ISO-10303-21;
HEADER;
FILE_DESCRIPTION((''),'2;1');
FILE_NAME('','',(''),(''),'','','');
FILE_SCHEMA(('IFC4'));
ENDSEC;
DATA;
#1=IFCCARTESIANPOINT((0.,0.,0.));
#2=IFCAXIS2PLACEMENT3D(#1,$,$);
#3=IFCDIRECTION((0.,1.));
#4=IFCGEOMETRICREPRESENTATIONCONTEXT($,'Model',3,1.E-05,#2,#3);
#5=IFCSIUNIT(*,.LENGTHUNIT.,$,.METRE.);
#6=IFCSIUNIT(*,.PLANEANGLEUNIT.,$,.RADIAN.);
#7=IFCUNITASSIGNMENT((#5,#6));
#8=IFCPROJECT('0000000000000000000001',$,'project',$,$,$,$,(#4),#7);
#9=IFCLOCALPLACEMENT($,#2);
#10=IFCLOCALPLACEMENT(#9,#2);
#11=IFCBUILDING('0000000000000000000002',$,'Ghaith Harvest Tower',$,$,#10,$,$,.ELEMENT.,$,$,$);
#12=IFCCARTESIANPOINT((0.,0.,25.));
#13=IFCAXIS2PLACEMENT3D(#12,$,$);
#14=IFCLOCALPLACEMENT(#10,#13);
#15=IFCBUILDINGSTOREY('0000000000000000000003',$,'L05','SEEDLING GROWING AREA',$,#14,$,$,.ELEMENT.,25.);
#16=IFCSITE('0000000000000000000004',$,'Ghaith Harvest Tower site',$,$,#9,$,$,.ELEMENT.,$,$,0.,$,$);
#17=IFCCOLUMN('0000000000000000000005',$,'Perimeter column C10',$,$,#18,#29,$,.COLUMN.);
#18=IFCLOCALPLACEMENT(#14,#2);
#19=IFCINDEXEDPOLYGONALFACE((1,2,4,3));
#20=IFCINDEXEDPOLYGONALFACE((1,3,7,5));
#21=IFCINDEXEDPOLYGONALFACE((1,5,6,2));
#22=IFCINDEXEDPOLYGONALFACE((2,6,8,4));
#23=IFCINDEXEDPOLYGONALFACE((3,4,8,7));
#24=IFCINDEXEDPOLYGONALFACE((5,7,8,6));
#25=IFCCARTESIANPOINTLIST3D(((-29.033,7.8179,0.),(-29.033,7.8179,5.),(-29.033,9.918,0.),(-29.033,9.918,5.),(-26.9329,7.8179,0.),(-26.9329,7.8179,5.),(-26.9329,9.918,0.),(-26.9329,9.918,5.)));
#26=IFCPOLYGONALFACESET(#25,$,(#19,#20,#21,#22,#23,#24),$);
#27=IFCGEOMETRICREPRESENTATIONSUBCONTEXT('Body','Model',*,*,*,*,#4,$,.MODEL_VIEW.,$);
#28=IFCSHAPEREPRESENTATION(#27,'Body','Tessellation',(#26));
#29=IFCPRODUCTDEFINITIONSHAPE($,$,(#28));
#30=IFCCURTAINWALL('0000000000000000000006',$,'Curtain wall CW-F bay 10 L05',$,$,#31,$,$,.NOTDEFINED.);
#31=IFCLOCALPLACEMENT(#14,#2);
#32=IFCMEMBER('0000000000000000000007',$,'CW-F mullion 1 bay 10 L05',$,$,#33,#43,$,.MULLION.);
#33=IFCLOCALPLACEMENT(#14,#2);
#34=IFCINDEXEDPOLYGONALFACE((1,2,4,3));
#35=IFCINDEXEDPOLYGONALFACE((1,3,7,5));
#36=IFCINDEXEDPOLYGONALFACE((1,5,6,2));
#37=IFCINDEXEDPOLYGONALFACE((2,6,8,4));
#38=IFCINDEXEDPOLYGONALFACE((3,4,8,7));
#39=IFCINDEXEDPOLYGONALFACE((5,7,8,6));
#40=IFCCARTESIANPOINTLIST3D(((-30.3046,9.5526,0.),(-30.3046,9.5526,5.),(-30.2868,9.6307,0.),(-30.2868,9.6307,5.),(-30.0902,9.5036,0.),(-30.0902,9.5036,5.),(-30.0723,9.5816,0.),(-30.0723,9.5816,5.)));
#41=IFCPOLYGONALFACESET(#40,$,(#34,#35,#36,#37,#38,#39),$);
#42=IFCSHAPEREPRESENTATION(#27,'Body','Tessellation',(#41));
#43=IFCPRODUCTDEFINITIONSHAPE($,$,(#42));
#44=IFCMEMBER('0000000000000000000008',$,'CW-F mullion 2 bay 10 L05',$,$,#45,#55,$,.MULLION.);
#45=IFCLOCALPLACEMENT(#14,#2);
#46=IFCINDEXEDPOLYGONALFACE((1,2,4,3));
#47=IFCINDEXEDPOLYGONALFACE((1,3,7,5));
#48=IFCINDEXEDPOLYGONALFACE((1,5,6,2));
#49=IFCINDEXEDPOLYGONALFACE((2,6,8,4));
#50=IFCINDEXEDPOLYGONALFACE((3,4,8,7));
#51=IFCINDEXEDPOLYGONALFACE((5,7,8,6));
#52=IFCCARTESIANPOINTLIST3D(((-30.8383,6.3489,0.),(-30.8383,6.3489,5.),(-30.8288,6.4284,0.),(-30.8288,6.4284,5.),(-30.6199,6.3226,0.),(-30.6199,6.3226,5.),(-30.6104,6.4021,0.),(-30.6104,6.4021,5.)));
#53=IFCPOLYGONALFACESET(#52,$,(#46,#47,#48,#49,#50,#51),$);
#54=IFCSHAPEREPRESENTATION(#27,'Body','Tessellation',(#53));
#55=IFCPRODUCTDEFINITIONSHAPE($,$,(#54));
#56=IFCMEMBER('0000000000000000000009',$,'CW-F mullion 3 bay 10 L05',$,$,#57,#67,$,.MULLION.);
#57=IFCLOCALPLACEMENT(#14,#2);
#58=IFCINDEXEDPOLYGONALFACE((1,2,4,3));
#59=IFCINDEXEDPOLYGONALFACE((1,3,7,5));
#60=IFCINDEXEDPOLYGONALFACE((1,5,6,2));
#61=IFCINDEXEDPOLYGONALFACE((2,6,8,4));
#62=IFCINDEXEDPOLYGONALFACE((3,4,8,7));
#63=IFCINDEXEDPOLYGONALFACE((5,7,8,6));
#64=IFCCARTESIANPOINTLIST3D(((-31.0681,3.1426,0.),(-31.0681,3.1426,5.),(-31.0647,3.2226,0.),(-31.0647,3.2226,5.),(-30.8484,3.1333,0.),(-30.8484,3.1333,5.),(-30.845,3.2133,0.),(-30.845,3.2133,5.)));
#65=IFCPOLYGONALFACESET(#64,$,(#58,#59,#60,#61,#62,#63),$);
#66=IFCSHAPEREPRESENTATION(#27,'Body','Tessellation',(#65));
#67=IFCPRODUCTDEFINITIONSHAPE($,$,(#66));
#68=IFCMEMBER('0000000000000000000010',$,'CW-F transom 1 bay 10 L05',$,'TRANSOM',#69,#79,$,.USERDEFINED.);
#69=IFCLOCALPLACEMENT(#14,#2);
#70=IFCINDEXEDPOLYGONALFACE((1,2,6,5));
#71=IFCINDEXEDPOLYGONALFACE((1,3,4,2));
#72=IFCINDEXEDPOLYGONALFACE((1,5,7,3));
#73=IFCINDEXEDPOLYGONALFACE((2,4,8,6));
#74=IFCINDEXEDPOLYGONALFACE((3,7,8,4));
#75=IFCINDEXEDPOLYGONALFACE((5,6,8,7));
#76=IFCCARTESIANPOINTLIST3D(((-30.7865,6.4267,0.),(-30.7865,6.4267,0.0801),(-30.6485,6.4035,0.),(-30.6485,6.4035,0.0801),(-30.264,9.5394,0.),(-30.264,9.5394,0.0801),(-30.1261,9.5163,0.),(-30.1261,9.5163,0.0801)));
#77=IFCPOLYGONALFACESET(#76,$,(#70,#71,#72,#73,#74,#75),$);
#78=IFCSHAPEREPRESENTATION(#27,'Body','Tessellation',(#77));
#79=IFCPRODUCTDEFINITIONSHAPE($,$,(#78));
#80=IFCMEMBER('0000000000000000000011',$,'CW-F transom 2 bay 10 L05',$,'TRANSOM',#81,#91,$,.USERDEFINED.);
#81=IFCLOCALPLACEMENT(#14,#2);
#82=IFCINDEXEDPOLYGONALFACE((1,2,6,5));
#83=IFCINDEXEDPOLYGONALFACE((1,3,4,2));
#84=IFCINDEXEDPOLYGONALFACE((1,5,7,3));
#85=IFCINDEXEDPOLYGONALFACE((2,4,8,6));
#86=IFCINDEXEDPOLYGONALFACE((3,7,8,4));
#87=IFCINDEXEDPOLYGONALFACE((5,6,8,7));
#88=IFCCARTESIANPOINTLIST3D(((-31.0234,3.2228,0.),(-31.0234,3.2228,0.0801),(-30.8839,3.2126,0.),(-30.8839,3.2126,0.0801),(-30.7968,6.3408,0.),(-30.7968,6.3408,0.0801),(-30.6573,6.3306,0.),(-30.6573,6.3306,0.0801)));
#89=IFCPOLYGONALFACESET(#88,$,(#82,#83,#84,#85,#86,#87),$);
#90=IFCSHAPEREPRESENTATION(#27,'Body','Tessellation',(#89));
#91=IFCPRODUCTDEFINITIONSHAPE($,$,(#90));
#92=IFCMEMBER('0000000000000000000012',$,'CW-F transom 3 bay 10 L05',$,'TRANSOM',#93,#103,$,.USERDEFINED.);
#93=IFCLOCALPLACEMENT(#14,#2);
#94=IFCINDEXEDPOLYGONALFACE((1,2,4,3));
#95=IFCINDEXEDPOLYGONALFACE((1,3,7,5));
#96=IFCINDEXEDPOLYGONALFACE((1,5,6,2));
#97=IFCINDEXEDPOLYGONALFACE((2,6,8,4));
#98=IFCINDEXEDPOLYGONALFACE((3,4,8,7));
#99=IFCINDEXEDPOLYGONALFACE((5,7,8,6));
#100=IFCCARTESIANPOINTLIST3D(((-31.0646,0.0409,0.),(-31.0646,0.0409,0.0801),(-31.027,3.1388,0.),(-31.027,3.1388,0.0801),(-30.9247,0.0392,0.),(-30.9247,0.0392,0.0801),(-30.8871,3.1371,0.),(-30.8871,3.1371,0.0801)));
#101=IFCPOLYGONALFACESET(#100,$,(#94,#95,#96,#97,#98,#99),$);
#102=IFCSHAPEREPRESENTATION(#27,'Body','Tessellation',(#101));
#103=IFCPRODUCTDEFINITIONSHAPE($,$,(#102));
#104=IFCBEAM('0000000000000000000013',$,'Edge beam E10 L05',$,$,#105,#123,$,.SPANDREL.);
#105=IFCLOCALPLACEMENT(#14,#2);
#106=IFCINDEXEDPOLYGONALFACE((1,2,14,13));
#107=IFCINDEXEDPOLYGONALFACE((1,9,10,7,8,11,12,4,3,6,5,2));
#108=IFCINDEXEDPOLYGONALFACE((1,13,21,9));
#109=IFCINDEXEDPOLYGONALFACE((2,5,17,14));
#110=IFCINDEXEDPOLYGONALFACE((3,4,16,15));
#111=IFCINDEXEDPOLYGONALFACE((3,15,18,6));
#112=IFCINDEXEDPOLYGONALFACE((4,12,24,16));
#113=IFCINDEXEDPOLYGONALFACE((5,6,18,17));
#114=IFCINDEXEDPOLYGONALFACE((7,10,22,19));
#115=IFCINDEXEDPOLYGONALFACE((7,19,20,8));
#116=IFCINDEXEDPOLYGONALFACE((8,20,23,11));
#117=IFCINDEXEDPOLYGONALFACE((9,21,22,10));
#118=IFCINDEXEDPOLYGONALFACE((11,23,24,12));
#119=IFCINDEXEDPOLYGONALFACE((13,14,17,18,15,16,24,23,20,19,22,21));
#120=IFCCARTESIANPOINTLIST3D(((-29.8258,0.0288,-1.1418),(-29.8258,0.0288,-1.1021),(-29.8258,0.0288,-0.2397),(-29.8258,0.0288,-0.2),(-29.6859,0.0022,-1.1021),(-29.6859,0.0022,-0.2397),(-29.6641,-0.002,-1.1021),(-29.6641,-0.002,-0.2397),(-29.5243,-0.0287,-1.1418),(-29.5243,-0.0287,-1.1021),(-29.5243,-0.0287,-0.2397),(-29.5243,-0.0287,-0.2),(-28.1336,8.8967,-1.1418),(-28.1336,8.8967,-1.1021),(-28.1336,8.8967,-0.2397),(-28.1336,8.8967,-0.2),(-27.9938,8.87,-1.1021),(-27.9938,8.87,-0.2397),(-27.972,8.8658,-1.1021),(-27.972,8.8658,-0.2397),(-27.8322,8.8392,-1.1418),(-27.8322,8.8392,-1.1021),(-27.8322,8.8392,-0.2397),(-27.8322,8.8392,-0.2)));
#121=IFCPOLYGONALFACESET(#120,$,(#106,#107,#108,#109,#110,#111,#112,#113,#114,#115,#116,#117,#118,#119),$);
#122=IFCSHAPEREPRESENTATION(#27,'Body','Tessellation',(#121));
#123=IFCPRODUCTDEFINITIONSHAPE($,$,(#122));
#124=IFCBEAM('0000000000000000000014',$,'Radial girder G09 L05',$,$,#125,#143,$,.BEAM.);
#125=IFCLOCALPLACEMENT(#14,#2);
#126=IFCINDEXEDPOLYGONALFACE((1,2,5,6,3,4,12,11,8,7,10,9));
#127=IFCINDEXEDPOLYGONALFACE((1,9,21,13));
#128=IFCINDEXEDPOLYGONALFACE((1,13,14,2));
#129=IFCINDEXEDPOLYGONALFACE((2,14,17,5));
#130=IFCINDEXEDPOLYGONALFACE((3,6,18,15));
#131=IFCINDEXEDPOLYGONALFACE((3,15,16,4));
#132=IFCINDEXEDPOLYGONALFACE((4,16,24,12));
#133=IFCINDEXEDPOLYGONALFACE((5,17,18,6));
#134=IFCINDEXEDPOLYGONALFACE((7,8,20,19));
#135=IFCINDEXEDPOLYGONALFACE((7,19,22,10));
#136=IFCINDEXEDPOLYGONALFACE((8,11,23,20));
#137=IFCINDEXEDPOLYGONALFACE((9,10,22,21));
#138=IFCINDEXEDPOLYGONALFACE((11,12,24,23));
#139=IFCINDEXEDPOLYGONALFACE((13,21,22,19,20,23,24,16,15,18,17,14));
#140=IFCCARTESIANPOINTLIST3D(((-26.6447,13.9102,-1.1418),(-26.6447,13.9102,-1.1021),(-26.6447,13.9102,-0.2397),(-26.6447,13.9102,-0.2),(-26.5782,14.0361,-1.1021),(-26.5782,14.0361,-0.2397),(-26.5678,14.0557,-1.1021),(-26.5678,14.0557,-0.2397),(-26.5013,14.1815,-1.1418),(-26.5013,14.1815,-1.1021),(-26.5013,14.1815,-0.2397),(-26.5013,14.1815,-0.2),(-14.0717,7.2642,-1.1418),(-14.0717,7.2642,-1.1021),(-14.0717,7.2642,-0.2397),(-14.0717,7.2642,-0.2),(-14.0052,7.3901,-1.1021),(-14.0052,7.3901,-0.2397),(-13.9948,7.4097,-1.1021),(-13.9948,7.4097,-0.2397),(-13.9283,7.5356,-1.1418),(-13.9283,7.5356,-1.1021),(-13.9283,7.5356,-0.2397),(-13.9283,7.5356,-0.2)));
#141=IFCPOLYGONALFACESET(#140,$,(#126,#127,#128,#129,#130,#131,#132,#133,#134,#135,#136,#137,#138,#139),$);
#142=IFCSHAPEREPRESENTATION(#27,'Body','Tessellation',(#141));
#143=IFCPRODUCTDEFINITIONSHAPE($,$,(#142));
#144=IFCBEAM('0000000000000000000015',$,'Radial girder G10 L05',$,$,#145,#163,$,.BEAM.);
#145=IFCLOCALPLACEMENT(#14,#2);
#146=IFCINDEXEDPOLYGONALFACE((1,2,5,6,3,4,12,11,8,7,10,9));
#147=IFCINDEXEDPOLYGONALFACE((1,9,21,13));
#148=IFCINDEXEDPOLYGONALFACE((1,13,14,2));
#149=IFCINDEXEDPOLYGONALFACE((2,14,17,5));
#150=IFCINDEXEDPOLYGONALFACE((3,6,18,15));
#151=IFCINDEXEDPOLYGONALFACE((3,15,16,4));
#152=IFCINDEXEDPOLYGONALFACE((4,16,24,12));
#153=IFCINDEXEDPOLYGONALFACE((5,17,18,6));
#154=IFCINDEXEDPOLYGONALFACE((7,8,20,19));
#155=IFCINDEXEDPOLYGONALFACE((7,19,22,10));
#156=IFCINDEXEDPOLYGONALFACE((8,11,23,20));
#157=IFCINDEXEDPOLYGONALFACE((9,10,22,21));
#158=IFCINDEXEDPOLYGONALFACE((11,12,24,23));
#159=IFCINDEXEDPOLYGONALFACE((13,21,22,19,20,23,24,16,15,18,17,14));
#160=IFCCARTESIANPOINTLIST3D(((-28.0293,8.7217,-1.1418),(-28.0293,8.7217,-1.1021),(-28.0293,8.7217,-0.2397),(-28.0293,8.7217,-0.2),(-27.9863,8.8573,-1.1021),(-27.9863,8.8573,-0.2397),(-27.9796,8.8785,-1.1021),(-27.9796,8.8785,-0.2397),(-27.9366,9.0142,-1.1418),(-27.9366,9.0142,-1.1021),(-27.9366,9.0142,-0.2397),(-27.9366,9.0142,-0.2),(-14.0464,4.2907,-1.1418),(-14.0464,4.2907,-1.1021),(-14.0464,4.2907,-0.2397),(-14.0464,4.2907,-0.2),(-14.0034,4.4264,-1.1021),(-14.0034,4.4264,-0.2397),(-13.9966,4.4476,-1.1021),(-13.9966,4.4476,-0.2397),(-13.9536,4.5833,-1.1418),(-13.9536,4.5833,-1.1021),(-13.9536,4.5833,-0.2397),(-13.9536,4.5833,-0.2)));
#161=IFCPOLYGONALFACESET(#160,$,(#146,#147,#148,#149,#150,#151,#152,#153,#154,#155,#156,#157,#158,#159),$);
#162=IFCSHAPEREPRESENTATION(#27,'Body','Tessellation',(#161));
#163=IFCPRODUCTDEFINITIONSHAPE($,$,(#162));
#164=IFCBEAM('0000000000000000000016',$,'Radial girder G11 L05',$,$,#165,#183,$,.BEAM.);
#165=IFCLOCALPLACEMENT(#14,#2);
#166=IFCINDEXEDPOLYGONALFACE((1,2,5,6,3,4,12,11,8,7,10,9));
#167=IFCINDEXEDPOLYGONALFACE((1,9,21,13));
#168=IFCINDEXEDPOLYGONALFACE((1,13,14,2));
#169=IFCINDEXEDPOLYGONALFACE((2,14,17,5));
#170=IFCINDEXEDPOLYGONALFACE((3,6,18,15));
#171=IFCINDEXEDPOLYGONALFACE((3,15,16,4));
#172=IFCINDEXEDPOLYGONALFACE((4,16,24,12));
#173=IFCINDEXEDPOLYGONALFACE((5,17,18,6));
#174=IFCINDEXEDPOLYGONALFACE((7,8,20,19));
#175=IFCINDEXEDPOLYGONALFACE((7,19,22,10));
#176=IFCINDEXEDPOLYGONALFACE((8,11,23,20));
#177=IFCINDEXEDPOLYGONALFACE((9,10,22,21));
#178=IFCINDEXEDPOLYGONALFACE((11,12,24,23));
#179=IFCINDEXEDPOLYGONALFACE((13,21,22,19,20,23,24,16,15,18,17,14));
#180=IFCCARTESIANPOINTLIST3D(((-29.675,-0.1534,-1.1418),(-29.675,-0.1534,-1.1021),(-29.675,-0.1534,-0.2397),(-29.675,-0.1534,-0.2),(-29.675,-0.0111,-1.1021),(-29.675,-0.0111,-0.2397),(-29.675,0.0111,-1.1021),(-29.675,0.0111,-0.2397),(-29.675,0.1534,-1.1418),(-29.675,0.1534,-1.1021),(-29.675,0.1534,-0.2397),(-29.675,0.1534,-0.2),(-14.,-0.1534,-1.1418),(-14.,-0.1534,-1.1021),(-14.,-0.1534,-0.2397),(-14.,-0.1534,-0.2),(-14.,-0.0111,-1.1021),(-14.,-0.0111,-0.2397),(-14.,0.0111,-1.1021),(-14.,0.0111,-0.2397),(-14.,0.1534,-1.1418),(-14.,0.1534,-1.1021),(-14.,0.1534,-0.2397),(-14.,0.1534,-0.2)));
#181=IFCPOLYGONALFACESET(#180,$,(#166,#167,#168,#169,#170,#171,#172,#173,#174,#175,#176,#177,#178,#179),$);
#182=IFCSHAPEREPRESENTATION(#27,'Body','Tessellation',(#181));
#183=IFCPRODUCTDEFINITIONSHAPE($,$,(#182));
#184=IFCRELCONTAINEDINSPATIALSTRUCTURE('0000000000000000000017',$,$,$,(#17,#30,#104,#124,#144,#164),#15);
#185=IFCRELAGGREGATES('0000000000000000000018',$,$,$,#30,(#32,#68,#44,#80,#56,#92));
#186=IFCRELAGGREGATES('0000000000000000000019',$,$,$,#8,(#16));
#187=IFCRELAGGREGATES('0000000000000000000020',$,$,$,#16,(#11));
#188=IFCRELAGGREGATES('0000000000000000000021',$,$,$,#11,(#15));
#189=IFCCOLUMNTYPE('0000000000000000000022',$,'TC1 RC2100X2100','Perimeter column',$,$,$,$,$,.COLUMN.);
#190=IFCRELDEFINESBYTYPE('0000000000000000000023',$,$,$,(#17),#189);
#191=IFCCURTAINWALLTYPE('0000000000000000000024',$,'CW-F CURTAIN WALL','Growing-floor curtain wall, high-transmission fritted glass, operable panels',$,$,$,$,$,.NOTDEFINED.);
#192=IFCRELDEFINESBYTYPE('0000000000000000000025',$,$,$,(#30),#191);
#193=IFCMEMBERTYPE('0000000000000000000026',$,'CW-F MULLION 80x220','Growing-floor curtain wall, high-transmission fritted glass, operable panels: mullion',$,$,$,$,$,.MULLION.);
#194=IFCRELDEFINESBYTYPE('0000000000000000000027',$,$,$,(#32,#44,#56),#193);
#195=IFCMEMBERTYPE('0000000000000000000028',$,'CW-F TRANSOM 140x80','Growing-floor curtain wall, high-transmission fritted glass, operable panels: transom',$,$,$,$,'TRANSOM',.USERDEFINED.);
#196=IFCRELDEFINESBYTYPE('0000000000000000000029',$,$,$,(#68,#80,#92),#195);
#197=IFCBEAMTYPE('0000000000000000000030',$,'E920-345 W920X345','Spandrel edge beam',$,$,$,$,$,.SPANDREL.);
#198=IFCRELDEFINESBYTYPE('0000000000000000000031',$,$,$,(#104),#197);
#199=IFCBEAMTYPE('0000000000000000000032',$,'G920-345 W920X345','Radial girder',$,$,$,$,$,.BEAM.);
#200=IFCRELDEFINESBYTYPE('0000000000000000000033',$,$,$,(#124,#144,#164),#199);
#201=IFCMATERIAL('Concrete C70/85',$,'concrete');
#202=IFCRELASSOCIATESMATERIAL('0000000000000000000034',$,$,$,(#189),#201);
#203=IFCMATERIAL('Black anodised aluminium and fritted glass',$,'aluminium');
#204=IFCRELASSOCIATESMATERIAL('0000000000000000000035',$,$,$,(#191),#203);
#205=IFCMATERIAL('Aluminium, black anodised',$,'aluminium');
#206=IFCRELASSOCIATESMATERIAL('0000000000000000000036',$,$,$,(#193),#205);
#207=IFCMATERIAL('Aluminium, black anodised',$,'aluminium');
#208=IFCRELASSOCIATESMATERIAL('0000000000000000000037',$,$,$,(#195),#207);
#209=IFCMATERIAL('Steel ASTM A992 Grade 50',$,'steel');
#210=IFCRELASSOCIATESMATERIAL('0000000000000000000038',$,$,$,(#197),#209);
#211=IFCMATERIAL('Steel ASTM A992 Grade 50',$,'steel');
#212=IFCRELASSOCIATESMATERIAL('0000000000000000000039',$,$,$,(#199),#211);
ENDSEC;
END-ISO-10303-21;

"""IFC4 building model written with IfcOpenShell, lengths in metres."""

from ifc_helpers import new_model, si_unit, direction, frame, origin, origin_2d, place, context, subcontext, project, spatial, rectangle, i_section, extrude, material, material_profile, profile_set, type_object, element, aggregate, save


model = new_model("IFC4")

# Units and contexts
model_context = context("Model", 3, precision=1e-05, world=origin(), true_north=direction((0.0, 1.0)))
body_context = subcontext(model_context, "Body", "Model", "MODEL_VIEW")
ifc_project = project(units=[si_unit("LENGTHUNIT", "METRE"), si_unit("PLANEANGLEUNIT", "RADIAN")], contexts=[model_context])

# Site, building, storey
site_placement = place(None, origin())
site = spatial("IfcSite", under=ifc_project, at=site_placement, Name="Ghaith Harvest Tower site", CompositionType="ELEMENT", RefElevation=0.0)
building_placement = place(site_placement, origin())
building = spatial("IfcBuilding", under=site, at=building_placement, Name="Ghaith Harvest Tower", CompositionType="ELEMENT")
storey_placement = place(building_placement, frame((0.0, 0.0, 25.0)))
storey = spatial("IfcBuildingStorey", under=building, at=storey_placement, Name="L05", Description="SEEDLING GROWING AREA", CompositionType="ELEMENT", Elevation=25.0)

# Column
ifc_material_1 = material(Name="Concrete C70/85", Category="concrete")
ifc_material_profile_1 = material_profile(ifc_material_1, rectangle(XDim=2.1001, YDim=2.1001, at=origin_2d()), Name="RC2100X2100")
ifc_profile_set_1 = profile_set([ifc_material_profile_1], Name="Concrete C70/85")
column_type = type_object("IfcColumnType", Name="TC1 RC2100X2100", Description="Perimeter column", PredefinedType="COLUMN", material=ifc_profile_set_1)
column_placement = place(storey_placement, frame((-27.9829, 8.8679, 0.0), z_axis=(0.0, 0.0, 1.0), x_axis=(1.0, 0.0, 0.0)))
element("IfcColumn", 1, at=column_placement, inside=storey, type_object=column_type, Name="Perimeter column C10", PredefinedType="COLUMN", context=body_context, shape_type="SweptSolid", body=[
    extrude(rectangle(XDim=2.1001, YDim=2.1001, at=origin_2d()), origin(), (0.0, 0.0, 1.0), 5.0),
])

# Curtain wall, members
ifc_material_2 = material(Name="Black anodised aluminium and fritted glass", Category="aluminium")
curtain_wall_type = type_object("IfcCurtainWallType", Name="CW-F CURTAIN WALL", Description="Growing-floor curtain wall, high-transmission fritted glass, operable panels", PredefinedType="NOTDEFINED", material=ifc_material_2)
curtain_wall_1_placement = place(storey_placement, origin())
curtain_wall_1 = element("IfcCurtainWall", 2, at=curtain_wall_1_placement, inside=storey, type_object=curtain_wall_type, Name="Curtain wall CW-F bay 10 L05", PredefinedType="NOTDEFINED")
ifc_material_3 = material(Name="Aluminium, black anodised", Category="aluminium")
ifc_material_profile_2 = material_profile(ifc_material_3, rectangle(XDim=0.0801, YDim=0.22, at=origin_2d()), Name="CW-F MULLION 80x220")
ifc_profile_set_2 = profile_set([ifc_material_profile_2], Name="Aluminium, black anodised")
member_type_1 = type_object("IfcMemberType", Name="CW-F MULLION 80x220", Description="Growing-floor curtain wall, high-transmission fritted glass, operable panels: mullion", PredefinedType="MULLION", material=ifc_profile_set_2)
member_1_placement = place(storey_placement, frame((-30.1885, 9.5671, 0.0), z_axis=(0.0, 0.0, 1.0), x_axis=(-0.222967, -0.974826, 0.0)))
member_1 = element("IfcMember", 3, at=member_1_placement, type_object=member_type_1, Name="CW-F mullion 1 bay 10 L05", PredefinedType="MULLION", context=body_context, shape_type="SweptSolid", body=[
    extrude(rectangle(XDim=0.0801, YDim=0.22, at=origin_2d()), origin(), (0.0, 0.0, 1.0), 5.0),
])
member_2_placement = place(storey_placement, frame((-30.7244, 6.3755, 0.0), z_axis=(0.0, 0.0, 1.0), x_axis=(-0.119353, -0.992852, 0.0)))
member_2 = element("IfcMember", 4, at=member_2_placement, type_object=member_type_1, Name="CW-F mullion 2 bay 10 L05", PredefinedType="MULLION", context=body_context, shape_type="SweptSolid", body=[
    extrude(rectangle(XDim=0.0801, YDim=0.22, at=origin_2d()), origin(), (0.0, 0.0, 1.0), 5.0),
])
member_3_placement = place(storey_placement, frame((-30.9565, 3.178, 0.0), z_axis=(0.0, 0.0, 1.0), x_axis=(-0.042427, -0.9991, 0.0)))
member_3 = element("IfcMember", 5, at=member_3_placement, type_object=member_type_1, Name="CW-F mullion 3 bay 10 L05", PredefinedType="MULLION", context=body_context, shape_type="SweptSolid", body=[
    extrude(rectangle(XDim=0.0801, YDim=0.22, at=origin_2d()), origin(), (0.0, 0.0, 1.0), 5.0),
])
ifc_material_4 = material(Name="Aluminium, black anodised", Category="aluminium")
ifc_material_profile_3 = material_profile(ifc_material_4, rectangle(XDim=0.1399, YDim=0.0801, at=origin_2d()), Name="CW-F TRANSOM 140x80")
ifc_profile_set_3 = profile_set([ifc_material_profile_3], Name="Aluminium, black anodised")
member_type_2 = type_object("IfcMemberType", Name="CW-F TRANSOM 140x80", Description="Growing-floor curtain wall, high-transmission fritted glass, operable panels: transom", ElementType="TRANSOM", PredefinedType="USERDEFINED", material=ifc_profile_set_3)
member_4_placement = place(storey_placement, frame((-30.1951, 9.5278, 0.04), z_axis=(-0.165528, -0.986205, 0.0), x_axis=(0.986205, -0.165528, 0.0)))
member_4 = element("IfcMember", 6, at=member_4_placement, type_object=member_type_2, Name="CW-F transom 1 bay 10 L05", ObjectType="TRANSOM", PredefinedType="USERDEFINED", context=body_context, shape_type="SweptSolid", body=[
    extrude(rectangle(XDim=0.1399, YDim=0.0801, at=origin_2d()), origin(), (0.0, 0.0, 1.0), 3.1562),
])
member_5_placement = place(storey_placement, frame((-30.7271, 6.3357, 0.04), z_axis=(-0.072474, -0.99737, 0.0), x_axis=(0.99737, -0.072474, 0.0)))
member_5 = element("IfcMember", 7, at=member_5_placement, type_object=member_type_2, Name="CW-F transom 2 bay 10 L05", ObjectType="TRANSOM", PredefinedType="USERDEFINED", context=body_context, shape_type="SweptSolid", body=[
    extrude(rectangle(XDim=0.1399, YDim=0.0801, at=origin_2d()), origin(), (0.0, 0.0, 1.0), 3.1262),
])
member_6_placement = place(storey_placement, frame((-30.957, 3.1379, 0.04), z_axis=(-0.012136, -0.999926, 0.0), x_axis=(0.999926, -0.012136, 0.0)))
member_6 = element("IfcMember", 8, at=member_6_placement, type_object=member_type_2, Name="CW-F transom 3 bay 10 L05", ObjectType="TRANSOM", PredefinedType="USERDEFINED", context=body_context, shape_type="SweptSolid", body=[
    extrude(rectangle(XDim=0.1399, YDim=0.0801, at=origin_2d()), origin(), (0.0, 0.0, 1.0), 3.0981),
])

# Beams
ifc_material_5 = material(Name="Steel ASTM A992 Grade 50", Category="steel")
ifc_material_profile_4 = material_profile(ifc_material_5, i_section(OverallWidth=0.3069, OverallDepth=0.9419, WebThickness=0.0222, FlangeThickness=0.0398, at=origin_2d()), Name="W920X345")
ifc_profile_set_4 = profile_set([ifc_material_profile_4], Name="Steel ASTM A992 Grade 50")
beam_type_1 = type_object("IfcBeamType", Name="E920-345 W920X345", Description="Spandrel edge beam", PredefinedType="SPANDREL", material=ifc_profile_set_4)
beam_1_placement = place(storey_placement, frame((-27.9829, 8.8679, -0.6709), z_axis=(-0.187434, -0.982277, 0.0), x_axis=(0.982277, -0.187434, 0.0)))
element("IfcBeam", 9, at=beam_1_placement, inside=storey, type_object=beam_type_1, Name="Edge beam E10 L05", PredefinedType="SPANDREL", context=body_context, shape_type="SweptSolid", body=[
    extrude(i_section(OverallWidth=0.3069, OverallDepth=0.9419, WebThickness=0.0222, FlangeThickness=0.0398, at=origin_2d()), origin(), (0.0, 0.0, 1.0), 9.0278),
])
ifc_material_6 = material(Name="Steel ASTM A992 Grade 50", Category="steel")
ifc_material_profile_5 = material_profile(ifc_material_6, i_section(OverallWidth=0.3069, OverallDepth=0.9419, WebThickness=0.0222, FlangeThickness=0.0398, at=origin_2d()), Name="W920X345")
ifc_profile_set_5 = profile_set([ifc_material_profile_5], Name="Steel ASTM A992 Grade 50")
beam_type_2 = type_object("IfcBeamType", Name="G920-345 W920X345", Description="Radial girder", PredefinedType="BEAM", material=ifc_profile_set_5)
beam_2_placement = place(storey_placement, frame((-14.0, 7.3999, -0.6709), z_axis=(-0.884087, 0.467322, 0.0), x_axis=(-0.467322, -0.884087, 0.0)))
element("IfcBeam", 10, at=beam_2_placement, inside=storey, type_object=beam_type_2, Name="Radial girder G09 L05", PredefinedType="BEAM", context=body_context, shape_type="SweptSolid", body=[
    extrude(i_section(OverallWidth=0.3069, OverallDepth=0.9419, WebThickness=0.0222, FlangeThickness=0.0398, at=origin_2d()), origin(), (0.0, 0.0, 1.0), 14.2214),
])
beam_3_placement = place(storey_placement, frame((-14.0, 4.437, -0.6709), z_axis=(-0.953284, 0.302077, 0.0), x_axis=(-0.302077, -0.953284, 0.0)))
element("IfcBeam", 11, at=beam_3_placement, inside=storey, type_object=beam_type_2, Name="Radial girder G10 L05", PredefinedType="BEAM", context=body_context, shape_type="SweptSolid", body=[
    extrude(i_section(OverallWidth=0.3069, OverallDepth=0.9419, WebThickness=0.0222, FlangeThickness=0.0398, at=origin_2d()), origin(), (0.0, 0.0, 1.0), 14.6682),
])
beam_4_placement = place(storey_placement, frame((-14.0, 0.0, -0.6709), z_axis=(-1.0, 0.0, 0.0), x_axis=(0.0, -1.0, 0.0)))
element("IfcBeam", 12, at=beam_4_placement, inside=storey, type_object=beam_type_2, Name="Radial girder G11 L05", PredefinedType="BEAM", context=body_context, shape_type="SweptSolid", body=[
    extrude(i_section(OverallWidth=0.3069, OverallDepth=0.9419, WebThickness=0.0222, FlangeThickness=0.0398, at=origin_2d()), origin(), (0.0, 0.0, 1.0), 15.675),
])

aggregate(curtain_wall_1, [member_1, member_4, member_2, member_5, member_3, member_6])

save(model, "model.ifc")
